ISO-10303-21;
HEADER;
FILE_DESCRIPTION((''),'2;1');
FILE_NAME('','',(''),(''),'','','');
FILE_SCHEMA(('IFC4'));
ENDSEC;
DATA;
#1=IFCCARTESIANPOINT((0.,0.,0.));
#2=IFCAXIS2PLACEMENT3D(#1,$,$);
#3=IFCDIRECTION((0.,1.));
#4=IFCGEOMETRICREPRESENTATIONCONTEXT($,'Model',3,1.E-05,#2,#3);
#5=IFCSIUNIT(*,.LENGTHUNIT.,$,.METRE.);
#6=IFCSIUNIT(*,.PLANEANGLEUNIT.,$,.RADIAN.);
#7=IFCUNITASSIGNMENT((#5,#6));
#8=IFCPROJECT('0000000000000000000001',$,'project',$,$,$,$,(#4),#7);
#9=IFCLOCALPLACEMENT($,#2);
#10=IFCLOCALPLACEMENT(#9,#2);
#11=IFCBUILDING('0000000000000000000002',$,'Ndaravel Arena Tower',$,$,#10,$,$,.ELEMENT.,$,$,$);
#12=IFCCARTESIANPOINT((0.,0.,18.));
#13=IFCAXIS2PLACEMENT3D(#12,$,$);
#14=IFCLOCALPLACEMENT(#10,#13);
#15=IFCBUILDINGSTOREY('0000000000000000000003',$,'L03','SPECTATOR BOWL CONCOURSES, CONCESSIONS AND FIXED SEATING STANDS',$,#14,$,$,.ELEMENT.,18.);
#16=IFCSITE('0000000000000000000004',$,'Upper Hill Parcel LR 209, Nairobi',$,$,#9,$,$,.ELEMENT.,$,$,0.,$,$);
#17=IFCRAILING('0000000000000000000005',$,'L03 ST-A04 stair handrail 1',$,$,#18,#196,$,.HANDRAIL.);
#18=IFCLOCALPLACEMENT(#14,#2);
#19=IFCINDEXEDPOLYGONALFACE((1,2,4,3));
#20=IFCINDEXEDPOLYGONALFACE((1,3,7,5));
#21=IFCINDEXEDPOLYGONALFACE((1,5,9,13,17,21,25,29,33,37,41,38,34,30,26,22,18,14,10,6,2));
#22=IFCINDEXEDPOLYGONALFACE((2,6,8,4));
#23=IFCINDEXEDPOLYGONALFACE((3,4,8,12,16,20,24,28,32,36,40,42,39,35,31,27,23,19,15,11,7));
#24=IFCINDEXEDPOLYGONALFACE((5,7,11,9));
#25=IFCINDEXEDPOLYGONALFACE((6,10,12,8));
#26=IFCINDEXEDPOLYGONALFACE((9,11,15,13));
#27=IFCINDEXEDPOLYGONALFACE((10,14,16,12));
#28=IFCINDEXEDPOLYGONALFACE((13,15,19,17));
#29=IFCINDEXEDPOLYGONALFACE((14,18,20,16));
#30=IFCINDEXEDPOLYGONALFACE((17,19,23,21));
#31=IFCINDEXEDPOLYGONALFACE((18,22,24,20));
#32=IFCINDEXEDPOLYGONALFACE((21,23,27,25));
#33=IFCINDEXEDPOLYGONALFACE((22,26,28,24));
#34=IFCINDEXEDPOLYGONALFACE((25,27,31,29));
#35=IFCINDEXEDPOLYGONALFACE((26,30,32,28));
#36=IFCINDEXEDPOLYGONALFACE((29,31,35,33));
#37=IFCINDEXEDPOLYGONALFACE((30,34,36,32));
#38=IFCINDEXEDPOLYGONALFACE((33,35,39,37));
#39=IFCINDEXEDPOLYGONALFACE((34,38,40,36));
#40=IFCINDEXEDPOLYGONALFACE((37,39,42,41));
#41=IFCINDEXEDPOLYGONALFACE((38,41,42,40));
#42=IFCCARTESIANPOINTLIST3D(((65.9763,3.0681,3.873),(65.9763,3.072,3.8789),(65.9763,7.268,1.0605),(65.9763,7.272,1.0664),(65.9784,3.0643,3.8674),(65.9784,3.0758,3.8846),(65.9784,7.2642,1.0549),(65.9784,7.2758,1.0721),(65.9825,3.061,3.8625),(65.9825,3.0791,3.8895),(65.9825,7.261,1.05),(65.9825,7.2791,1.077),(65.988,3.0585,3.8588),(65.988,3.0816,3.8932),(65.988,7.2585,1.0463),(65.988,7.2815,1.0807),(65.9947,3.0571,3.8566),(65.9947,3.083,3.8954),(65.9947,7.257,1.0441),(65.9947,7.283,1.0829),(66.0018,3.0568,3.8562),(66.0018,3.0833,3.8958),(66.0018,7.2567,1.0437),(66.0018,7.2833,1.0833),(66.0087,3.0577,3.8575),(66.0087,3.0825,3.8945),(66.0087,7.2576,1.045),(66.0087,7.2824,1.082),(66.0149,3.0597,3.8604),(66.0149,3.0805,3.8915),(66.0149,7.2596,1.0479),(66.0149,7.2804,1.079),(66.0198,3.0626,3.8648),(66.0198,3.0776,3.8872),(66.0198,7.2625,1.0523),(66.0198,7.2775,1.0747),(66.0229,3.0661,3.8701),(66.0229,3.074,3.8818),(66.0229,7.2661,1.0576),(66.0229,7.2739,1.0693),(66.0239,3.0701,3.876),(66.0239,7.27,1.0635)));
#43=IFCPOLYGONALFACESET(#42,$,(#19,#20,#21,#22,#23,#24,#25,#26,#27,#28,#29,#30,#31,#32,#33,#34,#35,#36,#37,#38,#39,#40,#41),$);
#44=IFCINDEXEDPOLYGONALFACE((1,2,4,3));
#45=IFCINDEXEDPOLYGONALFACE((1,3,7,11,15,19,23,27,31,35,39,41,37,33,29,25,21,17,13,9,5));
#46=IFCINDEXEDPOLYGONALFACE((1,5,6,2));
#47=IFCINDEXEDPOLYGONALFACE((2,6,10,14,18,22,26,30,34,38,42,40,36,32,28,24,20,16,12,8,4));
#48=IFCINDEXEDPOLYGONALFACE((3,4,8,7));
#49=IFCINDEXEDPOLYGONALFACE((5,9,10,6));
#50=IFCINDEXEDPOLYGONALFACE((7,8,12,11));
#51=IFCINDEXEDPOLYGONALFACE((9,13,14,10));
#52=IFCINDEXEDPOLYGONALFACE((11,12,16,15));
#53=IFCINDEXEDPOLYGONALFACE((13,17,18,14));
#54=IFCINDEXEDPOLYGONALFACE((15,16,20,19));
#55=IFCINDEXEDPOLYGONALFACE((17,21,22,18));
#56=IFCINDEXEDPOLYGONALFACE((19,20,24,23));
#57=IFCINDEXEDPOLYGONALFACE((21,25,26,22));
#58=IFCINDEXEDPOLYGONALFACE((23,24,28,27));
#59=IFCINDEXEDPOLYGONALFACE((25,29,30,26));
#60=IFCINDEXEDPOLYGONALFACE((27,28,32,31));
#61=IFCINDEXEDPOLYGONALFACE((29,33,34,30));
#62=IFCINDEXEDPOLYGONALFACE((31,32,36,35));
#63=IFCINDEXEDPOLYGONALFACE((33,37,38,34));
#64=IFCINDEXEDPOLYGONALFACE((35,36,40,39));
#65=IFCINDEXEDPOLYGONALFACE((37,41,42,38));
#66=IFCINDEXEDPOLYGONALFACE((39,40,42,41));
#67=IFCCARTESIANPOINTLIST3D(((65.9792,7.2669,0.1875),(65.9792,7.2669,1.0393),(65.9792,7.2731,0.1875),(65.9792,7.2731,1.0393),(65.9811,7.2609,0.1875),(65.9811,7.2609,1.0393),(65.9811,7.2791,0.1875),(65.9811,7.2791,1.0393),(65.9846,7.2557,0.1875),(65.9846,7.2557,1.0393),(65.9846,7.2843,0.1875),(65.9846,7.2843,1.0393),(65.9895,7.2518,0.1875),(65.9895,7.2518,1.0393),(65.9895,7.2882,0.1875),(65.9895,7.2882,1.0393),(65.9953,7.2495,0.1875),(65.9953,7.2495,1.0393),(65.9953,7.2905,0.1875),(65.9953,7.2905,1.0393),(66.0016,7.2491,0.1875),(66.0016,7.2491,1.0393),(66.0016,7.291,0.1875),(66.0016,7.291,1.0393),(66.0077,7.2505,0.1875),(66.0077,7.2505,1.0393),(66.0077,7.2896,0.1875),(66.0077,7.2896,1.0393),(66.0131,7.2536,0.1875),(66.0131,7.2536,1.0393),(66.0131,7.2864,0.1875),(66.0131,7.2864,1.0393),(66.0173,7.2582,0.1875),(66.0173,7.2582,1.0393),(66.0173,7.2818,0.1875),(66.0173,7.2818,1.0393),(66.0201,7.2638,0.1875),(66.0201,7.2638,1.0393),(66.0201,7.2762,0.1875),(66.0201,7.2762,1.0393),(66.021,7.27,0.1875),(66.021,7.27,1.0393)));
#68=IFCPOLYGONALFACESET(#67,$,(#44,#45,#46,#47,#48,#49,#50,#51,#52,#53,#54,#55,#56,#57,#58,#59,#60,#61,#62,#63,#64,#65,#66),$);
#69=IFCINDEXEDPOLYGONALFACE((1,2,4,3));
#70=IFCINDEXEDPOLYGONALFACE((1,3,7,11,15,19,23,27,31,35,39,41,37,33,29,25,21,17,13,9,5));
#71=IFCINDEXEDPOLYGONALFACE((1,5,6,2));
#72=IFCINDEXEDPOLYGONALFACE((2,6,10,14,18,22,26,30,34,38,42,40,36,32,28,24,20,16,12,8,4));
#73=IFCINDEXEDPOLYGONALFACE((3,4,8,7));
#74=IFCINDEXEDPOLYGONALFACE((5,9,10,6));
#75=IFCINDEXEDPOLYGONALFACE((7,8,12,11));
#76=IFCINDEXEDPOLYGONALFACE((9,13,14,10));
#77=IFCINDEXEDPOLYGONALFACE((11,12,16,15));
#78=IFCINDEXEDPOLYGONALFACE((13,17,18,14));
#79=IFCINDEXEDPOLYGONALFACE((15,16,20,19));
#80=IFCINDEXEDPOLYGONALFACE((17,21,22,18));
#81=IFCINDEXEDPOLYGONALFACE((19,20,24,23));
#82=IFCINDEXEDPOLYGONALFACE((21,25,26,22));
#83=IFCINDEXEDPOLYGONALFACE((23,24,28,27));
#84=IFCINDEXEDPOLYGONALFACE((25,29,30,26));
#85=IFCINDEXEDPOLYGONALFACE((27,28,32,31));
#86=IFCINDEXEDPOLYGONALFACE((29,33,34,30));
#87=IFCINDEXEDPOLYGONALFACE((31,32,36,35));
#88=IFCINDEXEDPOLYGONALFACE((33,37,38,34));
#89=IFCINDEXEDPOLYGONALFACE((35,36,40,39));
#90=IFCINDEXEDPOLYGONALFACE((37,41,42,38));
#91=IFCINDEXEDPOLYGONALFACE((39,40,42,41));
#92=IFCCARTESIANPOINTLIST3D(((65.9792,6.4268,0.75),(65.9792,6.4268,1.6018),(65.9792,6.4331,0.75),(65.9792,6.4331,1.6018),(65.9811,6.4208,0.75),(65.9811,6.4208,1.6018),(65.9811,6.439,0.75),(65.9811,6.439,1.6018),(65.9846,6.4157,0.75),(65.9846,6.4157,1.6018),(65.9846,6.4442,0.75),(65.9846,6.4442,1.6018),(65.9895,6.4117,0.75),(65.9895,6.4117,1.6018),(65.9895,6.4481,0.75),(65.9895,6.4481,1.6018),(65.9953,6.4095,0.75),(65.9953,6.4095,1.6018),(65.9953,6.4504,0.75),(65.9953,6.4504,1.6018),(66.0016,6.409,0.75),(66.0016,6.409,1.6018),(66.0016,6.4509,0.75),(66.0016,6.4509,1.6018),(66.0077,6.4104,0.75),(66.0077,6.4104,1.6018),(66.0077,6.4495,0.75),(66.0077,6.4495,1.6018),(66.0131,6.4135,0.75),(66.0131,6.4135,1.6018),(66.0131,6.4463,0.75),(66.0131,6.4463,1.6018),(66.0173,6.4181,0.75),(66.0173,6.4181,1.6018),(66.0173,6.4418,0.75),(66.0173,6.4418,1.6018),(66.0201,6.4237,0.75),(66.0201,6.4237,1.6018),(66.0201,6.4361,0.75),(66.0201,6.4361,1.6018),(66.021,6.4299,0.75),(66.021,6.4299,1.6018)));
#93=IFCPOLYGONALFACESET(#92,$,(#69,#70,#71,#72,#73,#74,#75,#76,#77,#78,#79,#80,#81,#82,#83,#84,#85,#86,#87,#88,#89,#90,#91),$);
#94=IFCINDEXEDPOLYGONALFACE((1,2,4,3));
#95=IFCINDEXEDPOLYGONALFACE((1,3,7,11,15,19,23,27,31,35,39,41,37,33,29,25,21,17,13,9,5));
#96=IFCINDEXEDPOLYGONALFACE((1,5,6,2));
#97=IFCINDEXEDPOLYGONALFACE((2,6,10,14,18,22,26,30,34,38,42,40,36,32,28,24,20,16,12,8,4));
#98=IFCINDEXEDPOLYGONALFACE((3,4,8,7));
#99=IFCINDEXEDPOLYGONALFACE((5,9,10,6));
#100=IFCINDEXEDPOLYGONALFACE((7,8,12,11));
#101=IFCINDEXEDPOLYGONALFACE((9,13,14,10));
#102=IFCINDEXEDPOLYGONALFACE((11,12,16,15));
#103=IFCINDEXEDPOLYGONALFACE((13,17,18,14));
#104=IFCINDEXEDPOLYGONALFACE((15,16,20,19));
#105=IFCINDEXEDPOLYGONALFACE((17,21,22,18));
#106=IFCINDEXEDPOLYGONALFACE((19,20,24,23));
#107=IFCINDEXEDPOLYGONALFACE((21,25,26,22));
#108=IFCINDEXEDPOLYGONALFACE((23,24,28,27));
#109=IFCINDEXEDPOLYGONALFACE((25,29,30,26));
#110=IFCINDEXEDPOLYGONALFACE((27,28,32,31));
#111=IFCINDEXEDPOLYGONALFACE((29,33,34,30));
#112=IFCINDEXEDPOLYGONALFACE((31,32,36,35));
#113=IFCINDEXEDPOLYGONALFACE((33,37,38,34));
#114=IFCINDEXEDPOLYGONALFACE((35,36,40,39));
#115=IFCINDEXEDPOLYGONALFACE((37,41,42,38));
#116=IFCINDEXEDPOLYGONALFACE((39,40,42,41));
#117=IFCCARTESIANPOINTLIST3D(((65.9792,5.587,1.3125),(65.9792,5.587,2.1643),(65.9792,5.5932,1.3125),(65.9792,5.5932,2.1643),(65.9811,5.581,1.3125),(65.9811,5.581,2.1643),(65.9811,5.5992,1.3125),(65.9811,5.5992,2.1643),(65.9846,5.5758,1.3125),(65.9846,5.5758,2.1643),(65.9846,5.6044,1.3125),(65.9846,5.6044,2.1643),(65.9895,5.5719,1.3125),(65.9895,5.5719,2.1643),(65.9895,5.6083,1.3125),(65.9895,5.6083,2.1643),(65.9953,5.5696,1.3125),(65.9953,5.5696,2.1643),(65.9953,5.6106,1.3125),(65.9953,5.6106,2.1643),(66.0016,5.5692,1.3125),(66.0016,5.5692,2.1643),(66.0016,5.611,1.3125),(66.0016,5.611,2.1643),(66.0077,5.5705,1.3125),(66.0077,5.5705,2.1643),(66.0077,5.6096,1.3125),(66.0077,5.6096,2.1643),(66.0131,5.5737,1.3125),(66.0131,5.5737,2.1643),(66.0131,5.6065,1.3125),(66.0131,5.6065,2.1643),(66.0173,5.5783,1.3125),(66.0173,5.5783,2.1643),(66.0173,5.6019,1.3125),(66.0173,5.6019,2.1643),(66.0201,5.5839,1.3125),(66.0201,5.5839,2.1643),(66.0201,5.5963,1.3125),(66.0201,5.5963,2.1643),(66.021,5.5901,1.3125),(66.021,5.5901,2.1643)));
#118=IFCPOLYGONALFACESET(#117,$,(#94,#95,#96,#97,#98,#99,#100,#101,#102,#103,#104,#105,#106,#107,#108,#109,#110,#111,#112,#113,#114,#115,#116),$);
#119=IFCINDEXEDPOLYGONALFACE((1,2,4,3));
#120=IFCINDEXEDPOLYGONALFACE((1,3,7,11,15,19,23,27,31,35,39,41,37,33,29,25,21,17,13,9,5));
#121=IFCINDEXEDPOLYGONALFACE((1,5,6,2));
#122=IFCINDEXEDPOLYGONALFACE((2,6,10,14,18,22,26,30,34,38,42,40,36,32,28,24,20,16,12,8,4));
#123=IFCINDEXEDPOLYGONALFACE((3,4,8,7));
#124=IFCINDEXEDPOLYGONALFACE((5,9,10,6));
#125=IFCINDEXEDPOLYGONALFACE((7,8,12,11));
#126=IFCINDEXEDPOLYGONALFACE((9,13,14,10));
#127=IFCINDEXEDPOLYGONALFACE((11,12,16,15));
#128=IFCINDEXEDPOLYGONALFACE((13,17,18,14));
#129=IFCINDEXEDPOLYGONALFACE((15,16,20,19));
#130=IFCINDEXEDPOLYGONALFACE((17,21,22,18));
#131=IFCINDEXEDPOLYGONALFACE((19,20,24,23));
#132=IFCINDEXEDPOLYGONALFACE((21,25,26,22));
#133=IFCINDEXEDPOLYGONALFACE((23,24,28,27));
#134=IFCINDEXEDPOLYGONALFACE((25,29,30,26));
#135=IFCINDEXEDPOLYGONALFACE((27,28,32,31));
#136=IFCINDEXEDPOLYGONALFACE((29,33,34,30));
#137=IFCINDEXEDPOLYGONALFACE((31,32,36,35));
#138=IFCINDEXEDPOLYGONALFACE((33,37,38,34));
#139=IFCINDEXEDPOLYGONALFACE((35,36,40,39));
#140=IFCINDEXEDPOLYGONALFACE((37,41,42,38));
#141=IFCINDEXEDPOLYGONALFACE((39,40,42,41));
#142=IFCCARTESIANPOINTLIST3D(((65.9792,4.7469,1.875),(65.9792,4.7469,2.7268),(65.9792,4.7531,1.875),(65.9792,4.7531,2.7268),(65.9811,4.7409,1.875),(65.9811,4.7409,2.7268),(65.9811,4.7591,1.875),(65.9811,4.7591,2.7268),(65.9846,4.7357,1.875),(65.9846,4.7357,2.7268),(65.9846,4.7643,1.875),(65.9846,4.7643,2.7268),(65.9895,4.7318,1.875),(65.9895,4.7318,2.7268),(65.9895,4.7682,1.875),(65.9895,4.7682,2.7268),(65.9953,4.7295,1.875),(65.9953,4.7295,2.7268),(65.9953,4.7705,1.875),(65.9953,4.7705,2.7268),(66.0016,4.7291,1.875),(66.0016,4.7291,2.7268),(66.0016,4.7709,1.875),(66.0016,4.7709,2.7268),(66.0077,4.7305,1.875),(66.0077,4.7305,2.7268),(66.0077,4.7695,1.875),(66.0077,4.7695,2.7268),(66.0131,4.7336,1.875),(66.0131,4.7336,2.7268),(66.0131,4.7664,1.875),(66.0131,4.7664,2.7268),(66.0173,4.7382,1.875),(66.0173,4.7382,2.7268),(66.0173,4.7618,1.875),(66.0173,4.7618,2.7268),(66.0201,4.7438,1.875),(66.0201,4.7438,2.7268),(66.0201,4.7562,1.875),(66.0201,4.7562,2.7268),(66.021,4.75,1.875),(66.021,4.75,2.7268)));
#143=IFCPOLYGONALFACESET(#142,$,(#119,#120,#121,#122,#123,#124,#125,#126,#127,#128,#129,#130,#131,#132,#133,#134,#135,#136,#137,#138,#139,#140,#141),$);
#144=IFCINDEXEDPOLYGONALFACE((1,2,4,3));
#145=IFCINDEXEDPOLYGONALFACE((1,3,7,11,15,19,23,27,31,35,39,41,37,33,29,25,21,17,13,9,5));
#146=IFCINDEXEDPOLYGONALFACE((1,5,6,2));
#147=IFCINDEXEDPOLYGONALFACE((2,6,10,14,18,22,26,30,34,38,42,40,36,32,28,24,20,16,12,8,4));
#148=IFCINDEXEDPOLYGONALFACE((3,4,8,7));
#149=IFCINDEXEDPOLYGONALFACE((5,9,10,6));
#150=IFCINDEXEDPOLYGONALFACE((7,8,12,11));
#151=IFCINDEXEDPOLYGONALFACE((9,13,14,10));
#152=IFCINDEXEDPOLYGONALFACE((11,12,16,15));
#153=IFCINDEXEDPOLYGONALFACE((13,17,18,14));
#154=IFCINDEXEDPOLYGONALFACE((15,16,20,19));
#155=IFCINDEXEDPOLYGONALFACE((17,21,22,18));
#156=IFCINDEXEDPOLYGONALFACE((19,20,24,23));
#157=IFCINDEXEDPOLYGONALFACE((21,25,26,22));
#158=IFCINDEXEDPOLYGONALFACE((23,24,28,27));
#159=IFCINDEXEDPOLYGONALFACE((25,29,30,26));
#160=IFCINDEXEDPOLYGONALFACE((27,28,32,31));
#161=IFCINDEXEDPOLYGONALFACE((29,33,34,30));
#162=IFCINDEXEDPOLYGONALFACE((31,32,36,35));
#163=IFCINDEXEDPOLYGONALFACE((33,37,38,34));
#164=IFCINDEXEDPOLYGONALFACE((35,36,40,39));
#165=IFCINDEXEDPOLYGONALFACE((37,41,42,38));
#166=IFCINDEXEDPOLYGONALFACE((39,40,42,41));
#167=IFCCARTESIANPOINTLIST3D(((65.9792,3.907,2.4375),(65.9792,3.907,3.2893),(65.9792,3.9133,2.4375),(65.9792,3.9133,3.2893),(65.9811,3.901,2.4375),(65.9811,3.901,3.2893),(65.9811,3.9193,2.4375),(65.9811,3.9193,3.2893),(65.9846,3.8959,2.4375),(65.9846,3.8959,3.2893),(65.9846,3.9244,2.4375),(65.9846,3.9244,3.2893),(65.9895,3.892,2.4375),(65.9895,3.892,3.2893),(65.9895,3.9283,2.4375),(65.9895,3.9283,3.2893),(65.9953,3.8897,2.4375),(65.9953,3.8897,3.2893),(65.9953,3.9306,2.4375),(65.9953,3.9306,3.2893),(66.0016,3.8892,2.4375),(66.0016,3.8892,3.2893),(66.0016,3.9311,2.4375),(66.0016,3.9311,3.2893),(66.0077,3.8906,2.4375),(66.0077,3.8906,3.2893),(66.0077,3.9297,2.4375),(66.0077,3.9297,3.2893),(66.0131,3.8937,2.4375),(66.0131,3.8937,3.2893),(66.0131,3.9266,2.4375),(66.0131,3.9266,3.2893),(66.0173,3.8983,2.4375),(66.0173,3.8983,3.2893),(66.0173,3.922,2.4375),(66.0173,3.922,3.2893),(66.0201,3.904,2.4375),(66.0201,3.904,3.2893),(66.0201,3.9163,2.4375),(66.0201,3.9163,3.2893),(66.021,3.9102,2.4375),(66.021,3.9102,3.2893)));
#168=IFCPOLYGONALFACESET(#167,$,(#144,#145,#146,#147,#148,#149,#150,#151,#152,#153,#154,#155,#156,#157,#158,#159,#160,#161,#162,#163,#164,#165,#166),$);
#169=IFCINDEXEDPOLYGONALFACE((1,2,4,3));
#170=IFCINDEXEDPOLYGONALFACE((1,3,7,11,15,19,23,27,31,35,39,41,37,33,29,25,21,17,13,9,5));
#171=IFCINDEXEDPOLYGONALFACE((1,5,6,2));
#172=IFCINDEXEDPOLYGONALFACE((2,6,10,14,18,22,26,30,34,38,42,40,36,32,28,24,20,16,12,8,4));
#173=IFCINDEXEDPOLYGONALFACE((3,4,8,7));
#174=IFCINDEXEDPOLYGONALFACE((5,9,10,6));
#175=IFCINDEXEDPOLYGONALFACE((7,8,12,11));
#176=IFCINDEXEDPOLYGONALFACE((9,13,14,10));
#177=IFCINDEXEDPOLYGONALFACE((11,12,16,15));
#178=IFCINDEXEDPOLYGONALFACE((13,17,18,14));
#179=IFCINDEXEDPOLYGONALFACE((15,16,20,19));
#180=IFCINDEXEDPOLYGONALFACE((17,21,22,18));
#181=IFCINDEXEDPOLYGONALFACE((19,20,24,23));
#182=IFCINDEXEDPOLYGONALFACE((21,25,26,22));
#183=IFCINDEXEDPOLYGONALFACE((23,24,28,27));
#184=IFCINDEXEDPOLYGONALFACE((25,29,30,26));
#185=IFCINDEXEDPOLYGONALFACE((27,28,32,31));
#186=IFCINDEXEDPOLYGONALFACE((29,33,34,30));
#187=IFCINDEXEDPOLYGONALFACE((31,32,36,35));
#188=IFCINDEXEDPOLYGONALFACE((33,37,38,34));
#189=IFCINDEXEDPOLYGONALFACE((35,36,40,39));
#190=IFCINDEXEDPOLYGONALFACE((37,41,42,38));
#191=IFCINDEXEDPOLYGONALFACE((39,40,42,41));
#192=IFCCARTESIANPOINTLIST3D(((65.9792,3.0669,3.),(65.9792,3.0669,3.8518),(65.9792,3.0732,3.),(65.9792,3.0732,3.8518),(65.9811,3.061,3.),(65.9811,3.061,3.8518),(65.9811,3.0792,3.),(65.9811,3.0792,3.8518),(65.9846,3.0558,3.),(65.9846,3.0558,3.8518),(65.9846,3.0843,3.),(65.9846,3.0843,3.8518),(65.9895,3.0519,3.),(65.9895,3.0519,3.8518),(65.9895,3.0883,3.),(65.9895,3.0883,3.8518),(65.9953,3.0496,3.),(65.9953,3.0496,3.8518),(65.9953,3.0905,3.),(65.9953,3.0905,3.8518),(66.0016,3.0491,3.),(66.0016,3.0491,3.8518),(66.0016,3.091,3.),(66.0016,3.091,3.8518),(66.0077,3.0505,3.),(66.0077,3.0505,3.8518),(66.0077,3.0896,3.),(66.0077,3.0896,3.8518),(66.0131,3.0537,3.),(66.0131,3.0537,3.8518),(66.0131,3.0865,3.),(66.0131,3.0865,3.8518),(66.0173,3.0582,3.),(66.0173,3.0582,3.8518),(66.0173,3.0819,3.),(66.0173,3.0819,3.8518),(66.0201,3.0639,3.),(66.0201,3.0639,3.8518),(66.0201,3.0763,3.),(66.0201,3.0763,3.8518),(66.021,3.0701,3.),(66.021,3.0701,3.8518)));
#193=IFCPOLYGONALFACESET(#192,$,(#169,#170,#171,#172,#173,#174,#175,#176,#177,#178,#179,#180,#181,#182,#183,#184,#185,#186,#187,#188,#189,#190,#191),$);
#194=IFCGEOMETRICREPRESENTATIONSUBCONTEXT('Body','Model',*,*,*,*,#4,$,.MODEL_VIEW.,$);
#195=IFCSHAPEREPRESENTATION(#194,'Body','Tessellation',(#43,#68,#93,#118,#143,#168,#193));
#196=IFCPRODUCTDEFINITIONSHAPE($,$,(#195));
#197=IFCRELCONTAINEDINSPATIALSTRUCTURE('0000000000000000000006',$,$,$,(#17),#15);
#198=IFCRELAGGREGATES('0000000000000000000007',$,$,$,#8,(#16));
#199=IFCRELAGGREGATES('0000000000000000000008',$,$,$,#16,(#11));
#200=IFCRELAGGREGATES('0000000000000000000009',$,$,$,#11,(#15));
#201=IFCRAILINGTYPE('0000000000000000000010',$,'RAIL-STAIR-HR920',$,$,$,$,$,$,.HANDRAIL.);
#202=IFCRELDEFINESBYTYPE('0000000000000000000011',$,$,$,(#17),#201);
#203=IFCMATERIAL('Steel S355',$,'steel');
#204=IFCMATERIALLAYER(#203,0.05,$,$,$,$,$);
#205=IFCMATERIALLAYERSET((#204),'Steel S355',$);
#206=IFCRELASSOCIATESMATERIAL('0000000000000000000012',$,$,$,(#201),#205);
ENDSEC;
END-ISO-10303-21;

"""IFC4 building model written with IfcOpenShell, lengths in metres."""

from ifc_helpers import new_model, si_unit, direction, frame, origin, origin_2d, place, context, subcontext, project, spatial, circle, extrude, material, layer, layer_set, type_object, element, save


model = new_model("IFC4")

# Units and contexts
model_context = context("Model", 3, precision=1e-05, world=origin(), true_north=direction((0.0, 1.0)))
body_context = subcontext(model_context, "Body", "Model", "MODEL_VIEW")
ifc_project = project(units=[si_unit("LENGTHUNIT", "METRE"), si_unit("PLANEANGLEUNIT", "RADIAN")], contexts=[model_context])

# Site, building, storey
site_placement = place(None, origin())
site = spatial("IfcSite", under=ifc_project, at=site_placement, Name="Upper Hill Parcel LR 209, Nairobi", CompositionType="ELEMENT", RefElevation=0.0)
building_placement = place(site_placement, origin())
building = spatial("IfcBuilding", under=site, at=building_placement, Name="Ndaravel Arena Tower", CompositionType="ELEMENT")
storey_placement = place(building_placement, frame((0.0, 0.0, 18.0)))
storey = spatial("IfcBuildingStorey", under=building, at=storey_placement, Name="L03", Description="SPECTATOR BOWL CONCOURSES, CONCESSIONS AND FIXED SEATING STANDS", CompositionType="ELEMENT", Elevation=18.0)

# Railing
ifc_material_1 = material(Name="Steel S355", Category="steel")
ifc_layer_1 = layer(ifc_material_1, 0.05)
ifc_layer_set_1 = layer_set([ifc_layer_1], Name="Steel S355")
railing_type_1 = type_object("IfcRailingType", Name="RAIL-STAIR-HR920", PredefinedType="HANDRAIL", material=ifc_layer_set_1)
railing_1_placement = place(storey_placement, frame((66.0, 7.27, 0.1875)))
element("IfcRailing", 1, at=railing_1_placement, inside=storey, type_object=railing_type_1, Name="L03 ST-A04 stair handrail 1", PredefinedType="HANDRAIL", context=body_context, shape_type="SweptSolid", body=[
    extrude(circle(Radius=0.0239, at=origin_2d()), frame((0.0, 0.0, 0.876), z_axis=(0.0, -0.830904, 0.556416), x_axis=(1.0, 0.0, 0.0)), (0.0, 0.0, 1.0), 5.0547),
    extrude(circle(Radius=0.021, at=origin_2d()), origin(), (0.0, 0.0, 1.0), 0.8518),
    extrude(circle(Radius=0.021, at=origin_2d()), frame((0.0, -0.8401, 0.5625)), (0.0, 0.0, 1.0), 0.8518),
    extrude(circle(Radius=0.021, at=origin_2d()), frame((0.0, -1.6799, 1.125)), (0.0, 0.0, 1.0), 0.8518),
    extrude(circle(Radius=0.021, at=origin_2d()), frame((0.0, -2.52, 1.6875)), (0.0, 0.0, 1.0), 0.8518),
    extrude(circle(Radius=0.021, at=origin_2d()), frame((0.0, -3.3599, 2.25)), (0.0, 0.0, 1.0), 0.8518),
    extrude(circle(Radius=0.021, at=origin_2d()), frame((0.0, -4.2, 2.8125)), (0.0, 0.0, 1.0), 0.8518),
])

save(model, "model.ifc")
